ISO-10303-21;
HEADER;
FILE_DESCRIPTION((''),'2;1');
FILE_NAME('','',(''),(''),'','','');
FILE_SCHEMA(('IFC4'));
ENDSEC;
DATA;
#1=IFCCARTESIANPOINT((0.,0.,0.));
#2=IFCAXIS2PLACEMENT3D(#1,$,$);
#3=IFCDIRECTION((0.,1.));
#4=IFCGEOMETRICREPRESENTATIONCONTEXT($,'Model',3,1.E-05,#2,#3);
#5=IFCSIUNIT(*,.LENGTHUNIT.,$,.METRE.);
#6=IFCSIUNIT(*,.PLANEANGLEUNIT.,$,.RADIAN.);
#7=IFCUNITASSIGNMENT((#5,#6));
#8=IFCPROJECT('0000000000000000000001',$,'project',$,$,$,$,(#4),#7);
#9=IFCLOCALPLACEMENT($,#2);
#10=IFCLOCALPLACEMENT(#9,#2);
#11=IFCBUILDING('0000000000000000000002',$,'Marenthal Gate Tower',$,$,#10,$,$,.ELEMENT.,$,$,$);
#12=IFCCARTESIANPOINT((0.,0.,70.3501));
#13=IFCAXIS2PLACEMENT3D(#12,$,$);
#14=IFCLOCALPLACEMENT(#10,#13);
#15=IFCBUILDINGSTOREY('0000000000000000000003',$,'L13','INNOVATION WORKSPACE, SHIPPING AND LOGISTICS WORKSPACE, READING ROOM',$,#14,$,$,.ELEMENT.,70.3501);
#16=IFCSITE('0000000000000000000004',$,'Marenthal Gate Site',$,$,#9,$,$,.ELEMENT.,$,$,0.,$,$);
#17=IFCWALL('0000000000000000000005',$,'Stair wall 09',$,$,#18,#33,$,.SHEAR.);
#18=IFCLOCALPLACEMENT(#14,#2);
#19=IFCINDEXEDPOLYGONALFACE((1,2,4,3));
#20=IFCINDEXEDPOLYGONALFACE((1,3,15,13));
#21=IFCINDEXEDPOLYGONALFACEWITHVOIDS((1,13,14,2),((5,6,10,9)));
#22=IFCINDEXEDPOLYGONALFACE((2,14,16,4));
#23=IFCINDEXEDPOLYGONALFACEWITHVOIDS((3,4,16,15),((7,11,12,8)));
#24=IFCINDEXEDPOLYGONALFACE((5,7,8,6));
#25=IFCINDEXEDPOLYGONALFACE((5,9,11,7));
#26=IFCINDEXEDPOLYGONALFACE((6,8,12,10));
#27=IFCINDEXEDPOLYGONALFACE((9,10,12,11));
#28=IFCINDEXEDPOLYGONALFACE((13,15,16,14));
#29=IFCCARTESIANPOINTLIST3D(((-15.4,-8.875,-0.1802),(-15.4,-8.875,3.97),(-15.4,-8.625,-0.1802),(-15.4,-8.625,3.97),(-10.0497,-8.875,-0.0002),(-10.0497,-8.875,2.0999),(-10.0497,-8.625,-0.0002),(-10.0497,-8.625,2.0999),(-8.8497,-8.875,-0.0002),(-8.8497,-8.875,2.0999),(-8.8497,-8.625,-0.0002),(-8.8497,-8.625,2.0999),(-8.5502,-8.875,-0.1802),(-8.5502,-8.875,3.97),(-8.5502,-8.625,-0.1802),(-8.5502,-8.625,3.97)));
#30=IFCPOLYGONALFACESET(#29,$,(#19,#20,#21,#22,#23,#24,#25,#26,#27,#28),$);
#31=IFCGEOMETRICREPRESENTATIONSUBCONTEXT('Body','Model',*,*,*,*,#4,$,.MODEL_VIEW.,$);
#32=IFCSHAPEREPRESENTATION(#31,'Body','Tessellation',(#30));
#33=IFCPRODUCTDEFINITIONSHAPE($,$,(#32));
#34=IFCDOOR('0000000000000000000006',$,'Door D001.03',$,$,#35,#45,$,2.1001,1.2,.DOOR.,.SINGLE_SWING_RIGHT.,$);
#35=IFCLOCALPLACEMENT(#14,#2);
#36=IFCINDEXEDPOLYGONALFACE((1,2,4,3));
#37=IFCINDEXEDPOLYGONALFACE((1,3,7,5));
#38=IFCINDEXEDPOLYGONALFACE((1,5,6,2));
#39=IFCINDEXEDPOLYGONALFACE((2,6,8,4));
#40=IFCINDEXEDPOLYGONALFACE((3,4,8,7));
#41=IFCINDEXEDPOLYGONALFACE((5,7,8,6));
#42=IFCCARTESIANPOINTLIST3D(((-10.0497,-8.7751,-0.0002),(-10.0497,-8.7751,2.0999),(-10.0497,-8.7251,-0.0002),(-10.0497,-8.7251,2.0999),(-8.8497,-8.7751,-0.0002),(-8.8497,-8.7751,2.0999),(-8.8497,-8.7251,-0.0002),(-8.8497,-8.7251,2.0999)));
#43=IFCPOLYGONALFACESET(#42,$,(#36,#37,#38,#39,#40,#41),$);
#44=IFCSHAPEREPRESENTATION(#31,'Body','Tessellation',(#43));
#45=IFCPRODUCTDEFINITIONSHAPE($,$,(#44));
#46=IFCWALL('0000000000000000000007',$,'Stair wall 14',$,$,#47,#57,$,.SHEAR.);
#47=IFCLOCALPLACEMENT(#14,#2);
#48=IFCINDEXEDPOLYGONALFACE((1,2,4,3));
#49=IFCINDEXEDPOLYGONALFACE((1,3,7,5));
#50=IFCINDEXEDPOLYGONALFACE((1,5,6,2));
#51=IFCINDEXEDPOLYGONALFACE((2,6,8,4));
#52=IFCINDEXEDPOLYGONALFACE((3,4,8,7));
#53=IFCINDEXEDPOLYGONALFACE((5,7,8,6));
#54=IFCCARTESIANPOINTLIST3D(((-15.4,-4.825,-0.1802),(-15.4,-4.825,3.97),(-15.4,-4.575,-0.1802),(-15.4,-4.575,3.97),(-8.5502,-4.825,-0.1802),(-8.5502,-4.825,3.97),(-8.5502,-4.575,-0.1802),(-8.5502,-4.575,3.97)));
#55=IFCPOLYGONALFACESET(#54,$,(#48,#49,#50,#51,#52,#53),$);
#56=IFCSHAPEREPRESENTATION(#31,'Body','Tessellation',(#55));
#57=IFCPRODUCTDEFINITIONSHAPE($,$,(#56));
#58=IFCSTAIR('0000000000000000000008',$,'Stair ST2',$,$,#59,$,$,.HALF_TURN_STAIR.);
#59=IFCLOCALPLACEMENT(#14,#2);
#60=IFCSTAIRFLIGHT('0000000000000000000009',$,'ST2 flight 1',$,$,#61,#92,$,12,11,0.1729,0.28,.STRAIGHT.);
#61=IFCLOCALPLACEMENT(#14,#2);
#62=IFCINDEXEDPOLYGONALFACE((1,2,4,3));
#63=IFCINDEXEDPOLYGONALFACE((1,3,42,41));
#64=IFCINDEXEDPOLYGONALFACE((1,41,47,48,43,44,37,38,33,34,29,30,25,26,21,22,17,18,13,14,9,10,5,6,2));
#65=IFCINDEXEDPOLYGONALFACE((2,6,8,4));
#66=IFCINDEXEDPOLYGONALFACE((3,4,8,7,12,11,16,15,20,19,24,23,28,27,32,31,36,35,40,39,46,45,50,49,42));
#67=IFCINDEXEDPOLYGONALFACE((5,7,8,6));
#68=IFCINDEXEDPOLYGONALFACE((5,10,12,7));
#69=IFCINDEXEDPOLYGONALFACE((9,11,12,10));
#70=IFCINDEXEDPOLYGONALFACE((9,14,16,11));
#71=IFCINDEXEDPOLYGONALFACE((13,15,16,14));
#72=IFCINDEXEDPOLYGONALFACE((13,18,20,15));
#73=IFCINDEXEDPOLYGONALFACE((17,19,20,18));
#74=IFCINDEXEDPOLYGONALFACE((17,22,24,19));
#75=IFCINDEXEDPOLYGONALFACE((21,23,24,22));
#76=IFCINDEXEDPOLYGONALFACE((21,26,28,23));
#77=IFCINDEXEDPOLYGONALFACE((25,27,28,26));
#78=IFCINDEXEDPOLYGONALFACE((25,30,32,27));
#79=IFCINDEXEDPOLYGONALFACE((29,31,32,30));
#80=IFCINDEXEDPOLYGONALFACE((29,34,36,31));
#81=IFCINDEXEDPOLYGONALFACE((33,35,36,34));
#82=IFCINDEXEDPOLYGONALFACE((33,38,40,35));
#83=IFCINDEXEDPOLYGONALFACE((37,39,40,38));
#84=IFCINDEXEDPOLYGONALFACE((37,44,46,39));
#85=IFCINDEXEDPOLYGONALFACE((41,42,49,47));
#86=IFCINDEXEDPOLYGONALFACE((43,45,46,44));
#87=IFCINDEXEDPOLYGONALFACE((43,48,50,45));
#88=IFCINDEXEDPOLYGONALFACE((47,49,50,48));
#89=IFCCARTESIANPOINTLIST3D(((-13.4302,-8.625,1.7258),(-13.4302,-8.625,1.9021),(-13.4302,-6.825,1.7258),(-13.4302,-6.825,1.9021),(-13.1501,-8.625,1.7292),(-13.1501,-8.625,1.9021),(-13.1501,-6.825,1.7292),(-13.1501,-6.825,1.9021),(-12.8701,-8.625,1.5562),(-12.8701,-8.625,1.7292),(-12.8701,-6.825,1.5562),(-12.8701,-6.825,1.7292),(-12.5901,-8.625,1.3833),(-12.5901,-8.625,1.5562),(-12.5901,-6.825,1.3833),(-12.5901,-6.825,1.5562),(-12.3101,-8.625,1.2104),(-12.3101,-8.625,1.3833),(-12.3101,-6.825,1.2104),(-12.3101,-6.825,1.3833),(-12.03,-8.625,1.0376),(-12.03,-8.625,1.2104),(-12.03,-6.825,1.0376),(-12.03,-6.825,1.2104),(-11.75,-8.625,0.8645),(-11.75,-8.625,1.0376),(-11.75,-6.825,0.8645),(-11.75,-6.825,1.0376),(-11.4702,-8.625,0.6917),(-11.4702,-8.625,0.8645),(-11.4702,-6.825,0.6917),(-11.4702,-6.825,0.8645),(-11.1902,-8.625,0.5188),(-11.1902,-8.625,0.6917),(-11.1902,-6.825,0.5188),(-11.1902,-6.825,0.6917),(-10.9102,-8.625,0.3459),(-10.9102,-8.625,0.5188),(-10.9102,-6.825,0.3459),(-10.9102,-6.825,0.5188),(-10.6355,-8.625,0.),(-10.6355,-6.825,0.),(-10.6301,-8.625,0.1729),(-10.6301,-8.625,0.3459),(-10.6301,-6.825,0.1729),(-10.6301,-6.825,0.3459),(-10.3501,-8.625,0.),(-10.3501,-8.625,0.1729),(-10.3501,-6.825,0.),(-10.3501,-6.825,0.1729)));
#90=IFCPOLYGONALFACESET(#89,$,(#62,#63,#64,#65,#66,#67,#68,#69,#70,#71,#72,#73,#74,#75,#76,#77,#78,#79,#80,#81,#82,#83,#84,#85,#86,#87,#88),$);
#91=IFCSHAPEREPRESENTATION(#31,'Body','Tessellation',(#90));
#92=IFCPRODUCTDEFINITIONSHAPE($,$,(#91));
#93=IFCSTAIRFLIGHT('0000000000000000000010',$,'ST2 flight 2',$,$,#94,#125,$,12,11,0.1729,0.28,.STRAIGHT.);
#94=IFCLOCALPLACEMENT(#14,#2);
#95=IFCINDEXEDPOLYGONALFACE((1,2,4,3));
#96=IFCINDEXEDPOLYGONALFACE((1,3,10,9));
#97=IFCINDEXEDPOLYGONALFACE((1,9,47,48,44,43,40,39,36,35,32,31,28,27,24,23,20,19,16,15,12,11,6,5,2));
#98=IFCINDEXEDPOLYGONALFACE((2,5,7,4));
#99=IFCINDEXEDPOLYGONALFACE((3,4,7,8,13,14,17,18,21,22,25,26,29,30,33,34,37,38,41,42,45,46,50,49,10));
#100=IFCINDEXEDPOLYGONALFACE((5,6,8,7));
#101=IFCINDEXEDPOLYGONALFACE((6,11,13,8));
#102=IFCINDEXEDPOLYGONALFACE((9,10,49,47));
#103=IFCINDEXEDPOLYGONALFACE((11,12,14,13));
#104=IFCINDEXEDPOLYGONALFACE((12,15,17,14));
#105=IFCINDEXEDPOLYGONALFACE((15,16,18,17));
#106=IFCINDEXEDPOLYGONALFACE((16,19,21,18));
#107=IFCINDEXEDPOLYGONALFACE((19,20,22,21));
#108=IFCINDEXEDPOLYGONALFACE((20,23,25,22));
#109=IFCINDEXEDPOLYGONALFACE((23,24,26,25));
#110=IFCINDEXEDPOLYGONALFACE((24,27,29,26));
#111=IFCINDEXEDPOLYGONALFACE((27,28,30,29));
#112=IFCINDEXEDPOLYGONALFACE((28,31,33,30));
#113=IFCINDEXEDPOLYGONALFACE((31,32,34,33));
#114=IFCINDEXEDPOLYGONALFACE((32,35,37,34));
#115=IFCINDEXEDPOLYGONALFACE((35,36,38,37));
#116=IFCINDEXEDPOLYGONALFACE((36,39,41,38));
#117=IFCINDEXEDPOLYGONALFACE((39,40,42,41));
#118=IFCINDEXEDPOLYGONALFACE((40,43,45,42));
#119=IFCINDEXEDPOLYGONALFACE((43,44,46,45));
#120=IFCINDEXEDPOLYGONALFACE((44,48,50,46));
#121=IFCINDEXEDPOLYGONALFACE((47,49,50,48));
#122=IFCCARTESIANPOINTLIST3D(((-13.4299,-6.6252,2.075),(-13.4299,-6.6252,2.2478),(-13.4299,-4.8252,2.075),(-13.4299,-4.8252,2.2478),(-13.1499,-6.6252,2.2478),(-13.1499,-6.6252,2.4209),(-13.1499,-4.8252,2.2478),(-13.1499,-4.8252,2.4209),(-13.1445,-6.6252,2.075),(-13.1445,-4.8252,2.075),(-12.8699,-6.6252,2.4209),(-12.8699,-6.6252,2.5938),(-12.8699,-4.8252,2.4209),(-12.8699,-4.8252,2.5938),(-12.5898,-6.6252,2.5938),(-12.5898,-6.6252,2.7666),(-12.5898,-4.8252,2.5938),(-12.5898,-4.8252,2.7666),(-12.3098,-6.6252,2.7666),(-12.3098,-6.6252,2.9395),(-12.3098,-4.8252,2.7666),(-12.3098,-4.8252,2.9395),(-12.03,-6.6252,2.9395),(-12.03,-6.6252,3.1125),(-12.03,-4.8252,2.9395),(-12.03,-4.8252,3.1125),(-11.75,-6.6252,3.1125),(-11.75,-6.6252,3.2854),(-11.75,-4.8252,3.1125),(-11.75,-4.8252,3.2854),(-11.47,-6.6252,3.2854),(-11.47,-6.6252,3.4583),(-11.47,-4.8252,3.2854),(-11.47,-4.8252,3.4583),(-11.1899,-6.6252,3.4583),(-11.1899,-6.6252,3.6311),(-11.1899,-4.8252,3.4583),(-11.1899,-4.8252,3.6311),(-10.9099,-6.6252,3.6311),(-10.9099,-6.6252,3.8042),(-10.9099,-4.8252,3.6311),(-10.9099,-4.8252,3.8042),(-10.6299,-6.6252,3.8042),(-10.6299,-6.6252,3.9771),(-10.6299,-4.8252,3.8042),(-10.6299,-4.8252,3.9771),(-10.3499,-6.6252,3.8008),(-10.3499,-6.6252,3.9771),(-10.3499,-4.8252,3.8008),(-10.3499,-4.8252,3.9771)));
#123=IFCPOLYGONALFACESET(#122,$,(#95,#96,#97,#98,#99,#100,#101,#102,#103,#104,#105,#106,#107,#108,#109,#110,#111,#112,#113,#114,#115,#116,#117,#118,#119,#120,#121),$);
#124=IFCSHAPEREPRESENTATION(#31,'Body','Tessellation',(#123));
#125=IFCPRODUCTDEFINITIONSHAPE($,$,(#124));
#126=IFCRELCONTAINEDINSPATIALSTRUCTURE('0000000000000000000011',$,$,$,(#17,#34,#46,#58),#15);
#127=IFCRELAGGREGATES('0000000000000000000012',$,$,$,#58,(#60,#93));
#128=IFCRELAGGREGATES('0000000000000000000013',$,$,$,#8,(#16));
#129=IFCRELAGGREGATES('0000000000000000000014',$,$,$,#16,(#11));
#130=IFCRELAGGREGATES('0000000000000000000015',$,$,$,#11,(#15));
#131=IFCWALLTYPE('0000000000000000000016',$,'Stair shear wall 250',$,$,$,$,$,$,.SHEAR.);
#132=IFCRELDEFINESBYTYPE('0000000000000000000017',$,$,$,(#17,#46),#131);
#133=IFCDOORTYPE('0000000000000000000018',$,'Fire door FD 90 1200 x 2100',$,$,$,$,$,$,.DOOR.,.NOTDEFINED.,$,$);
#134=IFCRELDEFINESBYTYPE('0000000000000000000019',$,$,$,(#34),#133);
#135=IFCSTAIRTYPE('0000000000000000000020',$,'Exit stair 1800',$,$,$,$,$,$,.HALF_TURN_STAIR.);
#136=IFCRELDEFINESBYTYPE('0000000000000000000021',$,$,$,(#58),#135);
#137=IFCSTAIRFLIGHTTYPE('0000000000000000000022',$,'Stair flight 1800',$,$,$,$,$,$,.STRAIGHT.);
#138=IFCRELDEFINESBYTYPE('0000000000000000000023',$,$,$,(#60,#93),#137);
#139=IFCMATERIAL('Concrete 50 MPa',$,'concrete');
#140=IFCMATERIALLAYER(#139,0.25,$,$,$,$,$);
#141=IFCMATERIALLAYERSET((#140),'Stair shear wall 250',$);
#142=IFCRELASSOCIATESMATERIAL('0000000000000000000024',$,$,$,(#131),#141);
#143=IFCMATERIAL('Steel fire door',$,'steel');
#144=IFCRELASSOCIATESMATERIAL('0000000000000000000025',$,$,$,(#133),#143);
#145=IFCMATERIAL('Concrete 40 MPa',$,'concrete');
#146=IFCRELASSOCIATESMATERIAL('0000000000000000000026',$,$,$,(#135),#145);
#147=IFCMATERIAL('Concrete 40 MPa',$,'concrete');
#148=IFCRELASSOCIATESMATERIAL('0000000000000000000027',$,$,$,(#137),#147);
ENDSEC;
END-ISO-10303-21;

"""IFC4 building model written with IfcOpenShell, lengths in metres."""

from ifc_helpers import new_model, si_unit, direction, frame, frame_2d, origin, place, context, subcontext, project, spatial, polyline, rectangle, outline, extrude, material, layer, layer_set, type_object, element, fill, aggregate, save


model = new_model("IFC4")

# Units and contexts
model_context = context("Model", 3, precision=1e-05, world=origin(), true_north=direction((0.0, 1.0)))
body_context = subcontext(model_context, "Body", "Model", "MODEL_VIEW")
ifc_project = project(units=[si_unit("LENGTHUNIT", "METRE"), si_unit("PLANEANGLEUNIT", "RADIAN")], contexts=[model_context])

# Site, building, storey
site_placement = place(None, origin())
site = spatial("IfcSite", under=ifc_project, at=site_placement, Name="Marenthal Gate Site", CompositionType="ELEMENT", RefElevation=0.0)
building_placement = place(site_placement, origin())
building = spatial("IfcBuilding", under=site, at=building_placement, Name="Marenthal Gate Tower", CompositionType="ELEMENT")
storey_placement = place(building_placement, frame((0.0, 0.0, 70.3501)))
storey = spatial("IfcBuildingStorey", under=building, at=storey_placement, Name="L13", Description="INNOVATION WORKSPACE, SHIPPING AND LOGISTICS WORKSPACE, READING ROOM", CompositionType="ELEMENT", Elevation=70.3501)

# Wall, opening, door
ifc_material_1 = material(Name="Concrete 50 MPa", Category="concrete")
ifc_layer_1 = layer(ifc_material_1, 0.25)
ifc_layer_set_1 = layer_set([ifc_layer_1], Name="Stair shear wall 250")
wall_type_1 = type_object("IfcWallType", Name="Stair shear wall 250", PredefinedType="SHEAR", material=ifc_layer_set_1)
wall_1_placement = place(storey_placement, frame((-15.3999, -8.75, -0.1802), z_axis=(0.0, 0.0, 1.0), x_axis=(1.0, 0.0, 0.0)))
wall_1 = element("IfcWall", 1, at=wall_1_placement, inside=storey, type_object=wall_type_1, Name="Stair wall 09", PredefinedType="SHEAR", context=body_context, shape_type="SweptSolid", body=[
    extrude(rectangle(XDim=6.8499, YDim=0.25, at=frame_2d((3.4248, 0.0))), origin(), (0.0, 0.0, 1.0), 4.1501),
])
opening_1_placement = place(wall_1_placement, frame((5.3501, 0.0, 0.1799)))
opening_1 = element("IfcOpeningElement", 2, at=opening_1_placement, cuts=wall_1, PredefinedType="OPENING", context=body_context, shape_type="SweptSolid", body=[
    extrude(rectangle(XDim=1.2, YDim=2.1001, at=frame_2d((0.6001, 1.05))), frame((0.0, 0.135, 0.0), z_axis=(0.0, -1.0, 0.0), x_axis=(1.0, 0.0, 0.0)), (0.0, 0.0, 1.0), 0.27),
])
ifc_material_2 = material(Name="Steel fire door", Category="steel")
door_type_1 = type_object("IfcDoorType", Name="Fire door FD 90 1200 x 2100", OperationType="NOTDEFINED", PredefinedType="DOOR", material=ifc_material_2)
door_1_placement = place(opening_1_placement, origin())
door_1 = element("IfcDoor", 3, at=door_1_placement, inside=storey, type_object=door_type_1, Name="Door D001.03", OperationType="SINGLE_SWING_RIGHT", OverallHeight=2.1001, OverallWidth=1.2, PredefinedType="DOOR", context=body_context, shape_type="SweptSolid", body=[
    extrude(rectangle(XDim=1.2, YDim=2.1001, at=frame_2d((0.6001, 1.05))), frame((0.0, 0.0249, 0.0), z_axis=(0.0, -1.0, 0.0), x_axis=(1.0, 0.0, 0.0)), (0.0, 0.0, 1.0), 0.05),
])
fill(opening_1, door_1)

# Wall
wall_2_placement = place(storey_placement, frame((-15.3999, -4.7, -0.1802), z_axis=(0.0, 0.0, 1.0), x_axis=(1.0, 0.0, 0.0)))
element("IfcWall", 4, at=wall_2_placement, inside=storey, type_object=wall_type_1, Name="Stair wall 14", PredefinedType="SHEAR", context=body_context, shape_type="SweptSolid", body=[
    extrude(rectangle(XDim=6.8499, YDim=0.25, at=frame_2d((3.4248, 0.0))), origin(), (0.0, 0.0, 1.0), 4.1501),
])

# Stair, stair flights
ifc_material_3 = material(Name="Concrete 40 MPa", Category="concrete")
stair_type = type_object("IfcStairType", Name="Exit stair 1800", PredefinedType="HALF_TURN_STAIR", material=ifc_material_3)
stair_placement = place(storey_placement, origin())
stair = element("IfcStair", 5, at=stair_placement, inside=storey, type_object=stair_type, Name="Stair ST2", PredefinedType="HALF_TURN_STAIR")
ifc_material_4 = material(Name="Concrete 40 MPa", Category="concrete")
stair_flight_type = type_object("IfcStairFlightType", Name="Stair flight 1800", PredefinedType="STRAIGHT", material=ifc_material_4)
stair_flight_1_placement = place(storey_placement, frame((-10.3501, -7.7251, 0.0), z_axis=(0.0, 0.0, 1.0), x_axis=(-1.0, 0.0, 0.0)))
stair_flight_1 = element("IfcStairFlight", 6, at=stair_flight_1_placement, type_object=stair_flight_type, Name="ST2 flight 1", NumberOfRisers=12, NumberOfTreads=11, PredefinedType="STRAIGHT", RiserHeight=0.1729, TreadLength=0.28, context=body_context, shape_type="SweptSolid", body=[
    extrude(outline(polyline([(0.0, 0.0), (0.0, 0.1729), (0.28, 0.1729), (0.28, 0.3459), (0.5601, 0.3459), (0.5601, 0.5188), (0.8401, 0.5188), (0.8401, 0.6917), (1.1201, 0.6917), (1.1201, 0.8645), (1.3999, 0.8645), (1.3999, 1.0376), (1.6799, 1.0376), (1.6799, 1.2104), (1.96, 1.2104), (1.96, 1.3833), (2.24, 1.3833), (2.24, 1.5562), (2.52, 1.5562), (2.52, 1.7292), (2.8, 1.7292), (2.8, 1.9021), (3.0801, 1.9021), (3.0801, 2.075), (3.0801, 1.7258), (0.2854, 0.0), (0.0, 0.0)])), frame((0.0, 0.8999, 0.0), z_axis=(0.0, -1.0, 0.0), x_axis=(1.0, 0.0, 0.0)), (0.0, 0.0, 1.0), 1.8),
])
stair_flight_2_placement = place(storey_placement, frame((-13.4299, -5.7251, 2.075), z_axis=(0.0, 0.0, 1.0), x_axis=(1.0, 0.0, 0.0)))
stair_flight_2 = element("IfcStairFlight", 7, at=stair_flight_2_placement, type_object=stair_flight_type, Name="ST2 flight 2", NumberOfRisers=12, NumberOfTreads=11, PredefinedType="STRAIGHT", RiserHeight=0.1729, TreadLength=0.28, context=body_context, shape_type="SweptSolid", body=[
    extrude(outline(polyline([(0.0, 0.0), (0.0, 0.1729), (0.28, 0.1729), (0.28, 0.3459), (0.5601, 0.3459), (0.5601, 0.5188), (0.8401, 0.5188), (0.8401, 0.6917), (1.1201, 0.6917), (1.1201, 0.8645), (1.3999, 0.8645), (1.3999, 1.0376), (1.6799, 1.0376), (1.6799, 1.2104), (1.96, 1.2104), (1.96, 1.3833), (2.24, 1.3833), (2.24, 1.5562), (2.52, 1.5562), (2.52, 1.7292), (2.8, 1.7292), (2.8, 1.9021), (3.0801, 1.9021), (3.0801, 2.075), (3.0801, 1.7258), (0.2854, 0.0), (0.0, 0.0)])), frame((0.0, 0.8999, 0.0), z_axis=(0.0, -1.0, 0.0), x_axis=(1.0, 0.0, 0.0)), (0.0, 0.0, 1.0), 1.8),
])
aggregate(stair, [stair_flight_1, stair_flight_2])

save(model, "model.ifc")
